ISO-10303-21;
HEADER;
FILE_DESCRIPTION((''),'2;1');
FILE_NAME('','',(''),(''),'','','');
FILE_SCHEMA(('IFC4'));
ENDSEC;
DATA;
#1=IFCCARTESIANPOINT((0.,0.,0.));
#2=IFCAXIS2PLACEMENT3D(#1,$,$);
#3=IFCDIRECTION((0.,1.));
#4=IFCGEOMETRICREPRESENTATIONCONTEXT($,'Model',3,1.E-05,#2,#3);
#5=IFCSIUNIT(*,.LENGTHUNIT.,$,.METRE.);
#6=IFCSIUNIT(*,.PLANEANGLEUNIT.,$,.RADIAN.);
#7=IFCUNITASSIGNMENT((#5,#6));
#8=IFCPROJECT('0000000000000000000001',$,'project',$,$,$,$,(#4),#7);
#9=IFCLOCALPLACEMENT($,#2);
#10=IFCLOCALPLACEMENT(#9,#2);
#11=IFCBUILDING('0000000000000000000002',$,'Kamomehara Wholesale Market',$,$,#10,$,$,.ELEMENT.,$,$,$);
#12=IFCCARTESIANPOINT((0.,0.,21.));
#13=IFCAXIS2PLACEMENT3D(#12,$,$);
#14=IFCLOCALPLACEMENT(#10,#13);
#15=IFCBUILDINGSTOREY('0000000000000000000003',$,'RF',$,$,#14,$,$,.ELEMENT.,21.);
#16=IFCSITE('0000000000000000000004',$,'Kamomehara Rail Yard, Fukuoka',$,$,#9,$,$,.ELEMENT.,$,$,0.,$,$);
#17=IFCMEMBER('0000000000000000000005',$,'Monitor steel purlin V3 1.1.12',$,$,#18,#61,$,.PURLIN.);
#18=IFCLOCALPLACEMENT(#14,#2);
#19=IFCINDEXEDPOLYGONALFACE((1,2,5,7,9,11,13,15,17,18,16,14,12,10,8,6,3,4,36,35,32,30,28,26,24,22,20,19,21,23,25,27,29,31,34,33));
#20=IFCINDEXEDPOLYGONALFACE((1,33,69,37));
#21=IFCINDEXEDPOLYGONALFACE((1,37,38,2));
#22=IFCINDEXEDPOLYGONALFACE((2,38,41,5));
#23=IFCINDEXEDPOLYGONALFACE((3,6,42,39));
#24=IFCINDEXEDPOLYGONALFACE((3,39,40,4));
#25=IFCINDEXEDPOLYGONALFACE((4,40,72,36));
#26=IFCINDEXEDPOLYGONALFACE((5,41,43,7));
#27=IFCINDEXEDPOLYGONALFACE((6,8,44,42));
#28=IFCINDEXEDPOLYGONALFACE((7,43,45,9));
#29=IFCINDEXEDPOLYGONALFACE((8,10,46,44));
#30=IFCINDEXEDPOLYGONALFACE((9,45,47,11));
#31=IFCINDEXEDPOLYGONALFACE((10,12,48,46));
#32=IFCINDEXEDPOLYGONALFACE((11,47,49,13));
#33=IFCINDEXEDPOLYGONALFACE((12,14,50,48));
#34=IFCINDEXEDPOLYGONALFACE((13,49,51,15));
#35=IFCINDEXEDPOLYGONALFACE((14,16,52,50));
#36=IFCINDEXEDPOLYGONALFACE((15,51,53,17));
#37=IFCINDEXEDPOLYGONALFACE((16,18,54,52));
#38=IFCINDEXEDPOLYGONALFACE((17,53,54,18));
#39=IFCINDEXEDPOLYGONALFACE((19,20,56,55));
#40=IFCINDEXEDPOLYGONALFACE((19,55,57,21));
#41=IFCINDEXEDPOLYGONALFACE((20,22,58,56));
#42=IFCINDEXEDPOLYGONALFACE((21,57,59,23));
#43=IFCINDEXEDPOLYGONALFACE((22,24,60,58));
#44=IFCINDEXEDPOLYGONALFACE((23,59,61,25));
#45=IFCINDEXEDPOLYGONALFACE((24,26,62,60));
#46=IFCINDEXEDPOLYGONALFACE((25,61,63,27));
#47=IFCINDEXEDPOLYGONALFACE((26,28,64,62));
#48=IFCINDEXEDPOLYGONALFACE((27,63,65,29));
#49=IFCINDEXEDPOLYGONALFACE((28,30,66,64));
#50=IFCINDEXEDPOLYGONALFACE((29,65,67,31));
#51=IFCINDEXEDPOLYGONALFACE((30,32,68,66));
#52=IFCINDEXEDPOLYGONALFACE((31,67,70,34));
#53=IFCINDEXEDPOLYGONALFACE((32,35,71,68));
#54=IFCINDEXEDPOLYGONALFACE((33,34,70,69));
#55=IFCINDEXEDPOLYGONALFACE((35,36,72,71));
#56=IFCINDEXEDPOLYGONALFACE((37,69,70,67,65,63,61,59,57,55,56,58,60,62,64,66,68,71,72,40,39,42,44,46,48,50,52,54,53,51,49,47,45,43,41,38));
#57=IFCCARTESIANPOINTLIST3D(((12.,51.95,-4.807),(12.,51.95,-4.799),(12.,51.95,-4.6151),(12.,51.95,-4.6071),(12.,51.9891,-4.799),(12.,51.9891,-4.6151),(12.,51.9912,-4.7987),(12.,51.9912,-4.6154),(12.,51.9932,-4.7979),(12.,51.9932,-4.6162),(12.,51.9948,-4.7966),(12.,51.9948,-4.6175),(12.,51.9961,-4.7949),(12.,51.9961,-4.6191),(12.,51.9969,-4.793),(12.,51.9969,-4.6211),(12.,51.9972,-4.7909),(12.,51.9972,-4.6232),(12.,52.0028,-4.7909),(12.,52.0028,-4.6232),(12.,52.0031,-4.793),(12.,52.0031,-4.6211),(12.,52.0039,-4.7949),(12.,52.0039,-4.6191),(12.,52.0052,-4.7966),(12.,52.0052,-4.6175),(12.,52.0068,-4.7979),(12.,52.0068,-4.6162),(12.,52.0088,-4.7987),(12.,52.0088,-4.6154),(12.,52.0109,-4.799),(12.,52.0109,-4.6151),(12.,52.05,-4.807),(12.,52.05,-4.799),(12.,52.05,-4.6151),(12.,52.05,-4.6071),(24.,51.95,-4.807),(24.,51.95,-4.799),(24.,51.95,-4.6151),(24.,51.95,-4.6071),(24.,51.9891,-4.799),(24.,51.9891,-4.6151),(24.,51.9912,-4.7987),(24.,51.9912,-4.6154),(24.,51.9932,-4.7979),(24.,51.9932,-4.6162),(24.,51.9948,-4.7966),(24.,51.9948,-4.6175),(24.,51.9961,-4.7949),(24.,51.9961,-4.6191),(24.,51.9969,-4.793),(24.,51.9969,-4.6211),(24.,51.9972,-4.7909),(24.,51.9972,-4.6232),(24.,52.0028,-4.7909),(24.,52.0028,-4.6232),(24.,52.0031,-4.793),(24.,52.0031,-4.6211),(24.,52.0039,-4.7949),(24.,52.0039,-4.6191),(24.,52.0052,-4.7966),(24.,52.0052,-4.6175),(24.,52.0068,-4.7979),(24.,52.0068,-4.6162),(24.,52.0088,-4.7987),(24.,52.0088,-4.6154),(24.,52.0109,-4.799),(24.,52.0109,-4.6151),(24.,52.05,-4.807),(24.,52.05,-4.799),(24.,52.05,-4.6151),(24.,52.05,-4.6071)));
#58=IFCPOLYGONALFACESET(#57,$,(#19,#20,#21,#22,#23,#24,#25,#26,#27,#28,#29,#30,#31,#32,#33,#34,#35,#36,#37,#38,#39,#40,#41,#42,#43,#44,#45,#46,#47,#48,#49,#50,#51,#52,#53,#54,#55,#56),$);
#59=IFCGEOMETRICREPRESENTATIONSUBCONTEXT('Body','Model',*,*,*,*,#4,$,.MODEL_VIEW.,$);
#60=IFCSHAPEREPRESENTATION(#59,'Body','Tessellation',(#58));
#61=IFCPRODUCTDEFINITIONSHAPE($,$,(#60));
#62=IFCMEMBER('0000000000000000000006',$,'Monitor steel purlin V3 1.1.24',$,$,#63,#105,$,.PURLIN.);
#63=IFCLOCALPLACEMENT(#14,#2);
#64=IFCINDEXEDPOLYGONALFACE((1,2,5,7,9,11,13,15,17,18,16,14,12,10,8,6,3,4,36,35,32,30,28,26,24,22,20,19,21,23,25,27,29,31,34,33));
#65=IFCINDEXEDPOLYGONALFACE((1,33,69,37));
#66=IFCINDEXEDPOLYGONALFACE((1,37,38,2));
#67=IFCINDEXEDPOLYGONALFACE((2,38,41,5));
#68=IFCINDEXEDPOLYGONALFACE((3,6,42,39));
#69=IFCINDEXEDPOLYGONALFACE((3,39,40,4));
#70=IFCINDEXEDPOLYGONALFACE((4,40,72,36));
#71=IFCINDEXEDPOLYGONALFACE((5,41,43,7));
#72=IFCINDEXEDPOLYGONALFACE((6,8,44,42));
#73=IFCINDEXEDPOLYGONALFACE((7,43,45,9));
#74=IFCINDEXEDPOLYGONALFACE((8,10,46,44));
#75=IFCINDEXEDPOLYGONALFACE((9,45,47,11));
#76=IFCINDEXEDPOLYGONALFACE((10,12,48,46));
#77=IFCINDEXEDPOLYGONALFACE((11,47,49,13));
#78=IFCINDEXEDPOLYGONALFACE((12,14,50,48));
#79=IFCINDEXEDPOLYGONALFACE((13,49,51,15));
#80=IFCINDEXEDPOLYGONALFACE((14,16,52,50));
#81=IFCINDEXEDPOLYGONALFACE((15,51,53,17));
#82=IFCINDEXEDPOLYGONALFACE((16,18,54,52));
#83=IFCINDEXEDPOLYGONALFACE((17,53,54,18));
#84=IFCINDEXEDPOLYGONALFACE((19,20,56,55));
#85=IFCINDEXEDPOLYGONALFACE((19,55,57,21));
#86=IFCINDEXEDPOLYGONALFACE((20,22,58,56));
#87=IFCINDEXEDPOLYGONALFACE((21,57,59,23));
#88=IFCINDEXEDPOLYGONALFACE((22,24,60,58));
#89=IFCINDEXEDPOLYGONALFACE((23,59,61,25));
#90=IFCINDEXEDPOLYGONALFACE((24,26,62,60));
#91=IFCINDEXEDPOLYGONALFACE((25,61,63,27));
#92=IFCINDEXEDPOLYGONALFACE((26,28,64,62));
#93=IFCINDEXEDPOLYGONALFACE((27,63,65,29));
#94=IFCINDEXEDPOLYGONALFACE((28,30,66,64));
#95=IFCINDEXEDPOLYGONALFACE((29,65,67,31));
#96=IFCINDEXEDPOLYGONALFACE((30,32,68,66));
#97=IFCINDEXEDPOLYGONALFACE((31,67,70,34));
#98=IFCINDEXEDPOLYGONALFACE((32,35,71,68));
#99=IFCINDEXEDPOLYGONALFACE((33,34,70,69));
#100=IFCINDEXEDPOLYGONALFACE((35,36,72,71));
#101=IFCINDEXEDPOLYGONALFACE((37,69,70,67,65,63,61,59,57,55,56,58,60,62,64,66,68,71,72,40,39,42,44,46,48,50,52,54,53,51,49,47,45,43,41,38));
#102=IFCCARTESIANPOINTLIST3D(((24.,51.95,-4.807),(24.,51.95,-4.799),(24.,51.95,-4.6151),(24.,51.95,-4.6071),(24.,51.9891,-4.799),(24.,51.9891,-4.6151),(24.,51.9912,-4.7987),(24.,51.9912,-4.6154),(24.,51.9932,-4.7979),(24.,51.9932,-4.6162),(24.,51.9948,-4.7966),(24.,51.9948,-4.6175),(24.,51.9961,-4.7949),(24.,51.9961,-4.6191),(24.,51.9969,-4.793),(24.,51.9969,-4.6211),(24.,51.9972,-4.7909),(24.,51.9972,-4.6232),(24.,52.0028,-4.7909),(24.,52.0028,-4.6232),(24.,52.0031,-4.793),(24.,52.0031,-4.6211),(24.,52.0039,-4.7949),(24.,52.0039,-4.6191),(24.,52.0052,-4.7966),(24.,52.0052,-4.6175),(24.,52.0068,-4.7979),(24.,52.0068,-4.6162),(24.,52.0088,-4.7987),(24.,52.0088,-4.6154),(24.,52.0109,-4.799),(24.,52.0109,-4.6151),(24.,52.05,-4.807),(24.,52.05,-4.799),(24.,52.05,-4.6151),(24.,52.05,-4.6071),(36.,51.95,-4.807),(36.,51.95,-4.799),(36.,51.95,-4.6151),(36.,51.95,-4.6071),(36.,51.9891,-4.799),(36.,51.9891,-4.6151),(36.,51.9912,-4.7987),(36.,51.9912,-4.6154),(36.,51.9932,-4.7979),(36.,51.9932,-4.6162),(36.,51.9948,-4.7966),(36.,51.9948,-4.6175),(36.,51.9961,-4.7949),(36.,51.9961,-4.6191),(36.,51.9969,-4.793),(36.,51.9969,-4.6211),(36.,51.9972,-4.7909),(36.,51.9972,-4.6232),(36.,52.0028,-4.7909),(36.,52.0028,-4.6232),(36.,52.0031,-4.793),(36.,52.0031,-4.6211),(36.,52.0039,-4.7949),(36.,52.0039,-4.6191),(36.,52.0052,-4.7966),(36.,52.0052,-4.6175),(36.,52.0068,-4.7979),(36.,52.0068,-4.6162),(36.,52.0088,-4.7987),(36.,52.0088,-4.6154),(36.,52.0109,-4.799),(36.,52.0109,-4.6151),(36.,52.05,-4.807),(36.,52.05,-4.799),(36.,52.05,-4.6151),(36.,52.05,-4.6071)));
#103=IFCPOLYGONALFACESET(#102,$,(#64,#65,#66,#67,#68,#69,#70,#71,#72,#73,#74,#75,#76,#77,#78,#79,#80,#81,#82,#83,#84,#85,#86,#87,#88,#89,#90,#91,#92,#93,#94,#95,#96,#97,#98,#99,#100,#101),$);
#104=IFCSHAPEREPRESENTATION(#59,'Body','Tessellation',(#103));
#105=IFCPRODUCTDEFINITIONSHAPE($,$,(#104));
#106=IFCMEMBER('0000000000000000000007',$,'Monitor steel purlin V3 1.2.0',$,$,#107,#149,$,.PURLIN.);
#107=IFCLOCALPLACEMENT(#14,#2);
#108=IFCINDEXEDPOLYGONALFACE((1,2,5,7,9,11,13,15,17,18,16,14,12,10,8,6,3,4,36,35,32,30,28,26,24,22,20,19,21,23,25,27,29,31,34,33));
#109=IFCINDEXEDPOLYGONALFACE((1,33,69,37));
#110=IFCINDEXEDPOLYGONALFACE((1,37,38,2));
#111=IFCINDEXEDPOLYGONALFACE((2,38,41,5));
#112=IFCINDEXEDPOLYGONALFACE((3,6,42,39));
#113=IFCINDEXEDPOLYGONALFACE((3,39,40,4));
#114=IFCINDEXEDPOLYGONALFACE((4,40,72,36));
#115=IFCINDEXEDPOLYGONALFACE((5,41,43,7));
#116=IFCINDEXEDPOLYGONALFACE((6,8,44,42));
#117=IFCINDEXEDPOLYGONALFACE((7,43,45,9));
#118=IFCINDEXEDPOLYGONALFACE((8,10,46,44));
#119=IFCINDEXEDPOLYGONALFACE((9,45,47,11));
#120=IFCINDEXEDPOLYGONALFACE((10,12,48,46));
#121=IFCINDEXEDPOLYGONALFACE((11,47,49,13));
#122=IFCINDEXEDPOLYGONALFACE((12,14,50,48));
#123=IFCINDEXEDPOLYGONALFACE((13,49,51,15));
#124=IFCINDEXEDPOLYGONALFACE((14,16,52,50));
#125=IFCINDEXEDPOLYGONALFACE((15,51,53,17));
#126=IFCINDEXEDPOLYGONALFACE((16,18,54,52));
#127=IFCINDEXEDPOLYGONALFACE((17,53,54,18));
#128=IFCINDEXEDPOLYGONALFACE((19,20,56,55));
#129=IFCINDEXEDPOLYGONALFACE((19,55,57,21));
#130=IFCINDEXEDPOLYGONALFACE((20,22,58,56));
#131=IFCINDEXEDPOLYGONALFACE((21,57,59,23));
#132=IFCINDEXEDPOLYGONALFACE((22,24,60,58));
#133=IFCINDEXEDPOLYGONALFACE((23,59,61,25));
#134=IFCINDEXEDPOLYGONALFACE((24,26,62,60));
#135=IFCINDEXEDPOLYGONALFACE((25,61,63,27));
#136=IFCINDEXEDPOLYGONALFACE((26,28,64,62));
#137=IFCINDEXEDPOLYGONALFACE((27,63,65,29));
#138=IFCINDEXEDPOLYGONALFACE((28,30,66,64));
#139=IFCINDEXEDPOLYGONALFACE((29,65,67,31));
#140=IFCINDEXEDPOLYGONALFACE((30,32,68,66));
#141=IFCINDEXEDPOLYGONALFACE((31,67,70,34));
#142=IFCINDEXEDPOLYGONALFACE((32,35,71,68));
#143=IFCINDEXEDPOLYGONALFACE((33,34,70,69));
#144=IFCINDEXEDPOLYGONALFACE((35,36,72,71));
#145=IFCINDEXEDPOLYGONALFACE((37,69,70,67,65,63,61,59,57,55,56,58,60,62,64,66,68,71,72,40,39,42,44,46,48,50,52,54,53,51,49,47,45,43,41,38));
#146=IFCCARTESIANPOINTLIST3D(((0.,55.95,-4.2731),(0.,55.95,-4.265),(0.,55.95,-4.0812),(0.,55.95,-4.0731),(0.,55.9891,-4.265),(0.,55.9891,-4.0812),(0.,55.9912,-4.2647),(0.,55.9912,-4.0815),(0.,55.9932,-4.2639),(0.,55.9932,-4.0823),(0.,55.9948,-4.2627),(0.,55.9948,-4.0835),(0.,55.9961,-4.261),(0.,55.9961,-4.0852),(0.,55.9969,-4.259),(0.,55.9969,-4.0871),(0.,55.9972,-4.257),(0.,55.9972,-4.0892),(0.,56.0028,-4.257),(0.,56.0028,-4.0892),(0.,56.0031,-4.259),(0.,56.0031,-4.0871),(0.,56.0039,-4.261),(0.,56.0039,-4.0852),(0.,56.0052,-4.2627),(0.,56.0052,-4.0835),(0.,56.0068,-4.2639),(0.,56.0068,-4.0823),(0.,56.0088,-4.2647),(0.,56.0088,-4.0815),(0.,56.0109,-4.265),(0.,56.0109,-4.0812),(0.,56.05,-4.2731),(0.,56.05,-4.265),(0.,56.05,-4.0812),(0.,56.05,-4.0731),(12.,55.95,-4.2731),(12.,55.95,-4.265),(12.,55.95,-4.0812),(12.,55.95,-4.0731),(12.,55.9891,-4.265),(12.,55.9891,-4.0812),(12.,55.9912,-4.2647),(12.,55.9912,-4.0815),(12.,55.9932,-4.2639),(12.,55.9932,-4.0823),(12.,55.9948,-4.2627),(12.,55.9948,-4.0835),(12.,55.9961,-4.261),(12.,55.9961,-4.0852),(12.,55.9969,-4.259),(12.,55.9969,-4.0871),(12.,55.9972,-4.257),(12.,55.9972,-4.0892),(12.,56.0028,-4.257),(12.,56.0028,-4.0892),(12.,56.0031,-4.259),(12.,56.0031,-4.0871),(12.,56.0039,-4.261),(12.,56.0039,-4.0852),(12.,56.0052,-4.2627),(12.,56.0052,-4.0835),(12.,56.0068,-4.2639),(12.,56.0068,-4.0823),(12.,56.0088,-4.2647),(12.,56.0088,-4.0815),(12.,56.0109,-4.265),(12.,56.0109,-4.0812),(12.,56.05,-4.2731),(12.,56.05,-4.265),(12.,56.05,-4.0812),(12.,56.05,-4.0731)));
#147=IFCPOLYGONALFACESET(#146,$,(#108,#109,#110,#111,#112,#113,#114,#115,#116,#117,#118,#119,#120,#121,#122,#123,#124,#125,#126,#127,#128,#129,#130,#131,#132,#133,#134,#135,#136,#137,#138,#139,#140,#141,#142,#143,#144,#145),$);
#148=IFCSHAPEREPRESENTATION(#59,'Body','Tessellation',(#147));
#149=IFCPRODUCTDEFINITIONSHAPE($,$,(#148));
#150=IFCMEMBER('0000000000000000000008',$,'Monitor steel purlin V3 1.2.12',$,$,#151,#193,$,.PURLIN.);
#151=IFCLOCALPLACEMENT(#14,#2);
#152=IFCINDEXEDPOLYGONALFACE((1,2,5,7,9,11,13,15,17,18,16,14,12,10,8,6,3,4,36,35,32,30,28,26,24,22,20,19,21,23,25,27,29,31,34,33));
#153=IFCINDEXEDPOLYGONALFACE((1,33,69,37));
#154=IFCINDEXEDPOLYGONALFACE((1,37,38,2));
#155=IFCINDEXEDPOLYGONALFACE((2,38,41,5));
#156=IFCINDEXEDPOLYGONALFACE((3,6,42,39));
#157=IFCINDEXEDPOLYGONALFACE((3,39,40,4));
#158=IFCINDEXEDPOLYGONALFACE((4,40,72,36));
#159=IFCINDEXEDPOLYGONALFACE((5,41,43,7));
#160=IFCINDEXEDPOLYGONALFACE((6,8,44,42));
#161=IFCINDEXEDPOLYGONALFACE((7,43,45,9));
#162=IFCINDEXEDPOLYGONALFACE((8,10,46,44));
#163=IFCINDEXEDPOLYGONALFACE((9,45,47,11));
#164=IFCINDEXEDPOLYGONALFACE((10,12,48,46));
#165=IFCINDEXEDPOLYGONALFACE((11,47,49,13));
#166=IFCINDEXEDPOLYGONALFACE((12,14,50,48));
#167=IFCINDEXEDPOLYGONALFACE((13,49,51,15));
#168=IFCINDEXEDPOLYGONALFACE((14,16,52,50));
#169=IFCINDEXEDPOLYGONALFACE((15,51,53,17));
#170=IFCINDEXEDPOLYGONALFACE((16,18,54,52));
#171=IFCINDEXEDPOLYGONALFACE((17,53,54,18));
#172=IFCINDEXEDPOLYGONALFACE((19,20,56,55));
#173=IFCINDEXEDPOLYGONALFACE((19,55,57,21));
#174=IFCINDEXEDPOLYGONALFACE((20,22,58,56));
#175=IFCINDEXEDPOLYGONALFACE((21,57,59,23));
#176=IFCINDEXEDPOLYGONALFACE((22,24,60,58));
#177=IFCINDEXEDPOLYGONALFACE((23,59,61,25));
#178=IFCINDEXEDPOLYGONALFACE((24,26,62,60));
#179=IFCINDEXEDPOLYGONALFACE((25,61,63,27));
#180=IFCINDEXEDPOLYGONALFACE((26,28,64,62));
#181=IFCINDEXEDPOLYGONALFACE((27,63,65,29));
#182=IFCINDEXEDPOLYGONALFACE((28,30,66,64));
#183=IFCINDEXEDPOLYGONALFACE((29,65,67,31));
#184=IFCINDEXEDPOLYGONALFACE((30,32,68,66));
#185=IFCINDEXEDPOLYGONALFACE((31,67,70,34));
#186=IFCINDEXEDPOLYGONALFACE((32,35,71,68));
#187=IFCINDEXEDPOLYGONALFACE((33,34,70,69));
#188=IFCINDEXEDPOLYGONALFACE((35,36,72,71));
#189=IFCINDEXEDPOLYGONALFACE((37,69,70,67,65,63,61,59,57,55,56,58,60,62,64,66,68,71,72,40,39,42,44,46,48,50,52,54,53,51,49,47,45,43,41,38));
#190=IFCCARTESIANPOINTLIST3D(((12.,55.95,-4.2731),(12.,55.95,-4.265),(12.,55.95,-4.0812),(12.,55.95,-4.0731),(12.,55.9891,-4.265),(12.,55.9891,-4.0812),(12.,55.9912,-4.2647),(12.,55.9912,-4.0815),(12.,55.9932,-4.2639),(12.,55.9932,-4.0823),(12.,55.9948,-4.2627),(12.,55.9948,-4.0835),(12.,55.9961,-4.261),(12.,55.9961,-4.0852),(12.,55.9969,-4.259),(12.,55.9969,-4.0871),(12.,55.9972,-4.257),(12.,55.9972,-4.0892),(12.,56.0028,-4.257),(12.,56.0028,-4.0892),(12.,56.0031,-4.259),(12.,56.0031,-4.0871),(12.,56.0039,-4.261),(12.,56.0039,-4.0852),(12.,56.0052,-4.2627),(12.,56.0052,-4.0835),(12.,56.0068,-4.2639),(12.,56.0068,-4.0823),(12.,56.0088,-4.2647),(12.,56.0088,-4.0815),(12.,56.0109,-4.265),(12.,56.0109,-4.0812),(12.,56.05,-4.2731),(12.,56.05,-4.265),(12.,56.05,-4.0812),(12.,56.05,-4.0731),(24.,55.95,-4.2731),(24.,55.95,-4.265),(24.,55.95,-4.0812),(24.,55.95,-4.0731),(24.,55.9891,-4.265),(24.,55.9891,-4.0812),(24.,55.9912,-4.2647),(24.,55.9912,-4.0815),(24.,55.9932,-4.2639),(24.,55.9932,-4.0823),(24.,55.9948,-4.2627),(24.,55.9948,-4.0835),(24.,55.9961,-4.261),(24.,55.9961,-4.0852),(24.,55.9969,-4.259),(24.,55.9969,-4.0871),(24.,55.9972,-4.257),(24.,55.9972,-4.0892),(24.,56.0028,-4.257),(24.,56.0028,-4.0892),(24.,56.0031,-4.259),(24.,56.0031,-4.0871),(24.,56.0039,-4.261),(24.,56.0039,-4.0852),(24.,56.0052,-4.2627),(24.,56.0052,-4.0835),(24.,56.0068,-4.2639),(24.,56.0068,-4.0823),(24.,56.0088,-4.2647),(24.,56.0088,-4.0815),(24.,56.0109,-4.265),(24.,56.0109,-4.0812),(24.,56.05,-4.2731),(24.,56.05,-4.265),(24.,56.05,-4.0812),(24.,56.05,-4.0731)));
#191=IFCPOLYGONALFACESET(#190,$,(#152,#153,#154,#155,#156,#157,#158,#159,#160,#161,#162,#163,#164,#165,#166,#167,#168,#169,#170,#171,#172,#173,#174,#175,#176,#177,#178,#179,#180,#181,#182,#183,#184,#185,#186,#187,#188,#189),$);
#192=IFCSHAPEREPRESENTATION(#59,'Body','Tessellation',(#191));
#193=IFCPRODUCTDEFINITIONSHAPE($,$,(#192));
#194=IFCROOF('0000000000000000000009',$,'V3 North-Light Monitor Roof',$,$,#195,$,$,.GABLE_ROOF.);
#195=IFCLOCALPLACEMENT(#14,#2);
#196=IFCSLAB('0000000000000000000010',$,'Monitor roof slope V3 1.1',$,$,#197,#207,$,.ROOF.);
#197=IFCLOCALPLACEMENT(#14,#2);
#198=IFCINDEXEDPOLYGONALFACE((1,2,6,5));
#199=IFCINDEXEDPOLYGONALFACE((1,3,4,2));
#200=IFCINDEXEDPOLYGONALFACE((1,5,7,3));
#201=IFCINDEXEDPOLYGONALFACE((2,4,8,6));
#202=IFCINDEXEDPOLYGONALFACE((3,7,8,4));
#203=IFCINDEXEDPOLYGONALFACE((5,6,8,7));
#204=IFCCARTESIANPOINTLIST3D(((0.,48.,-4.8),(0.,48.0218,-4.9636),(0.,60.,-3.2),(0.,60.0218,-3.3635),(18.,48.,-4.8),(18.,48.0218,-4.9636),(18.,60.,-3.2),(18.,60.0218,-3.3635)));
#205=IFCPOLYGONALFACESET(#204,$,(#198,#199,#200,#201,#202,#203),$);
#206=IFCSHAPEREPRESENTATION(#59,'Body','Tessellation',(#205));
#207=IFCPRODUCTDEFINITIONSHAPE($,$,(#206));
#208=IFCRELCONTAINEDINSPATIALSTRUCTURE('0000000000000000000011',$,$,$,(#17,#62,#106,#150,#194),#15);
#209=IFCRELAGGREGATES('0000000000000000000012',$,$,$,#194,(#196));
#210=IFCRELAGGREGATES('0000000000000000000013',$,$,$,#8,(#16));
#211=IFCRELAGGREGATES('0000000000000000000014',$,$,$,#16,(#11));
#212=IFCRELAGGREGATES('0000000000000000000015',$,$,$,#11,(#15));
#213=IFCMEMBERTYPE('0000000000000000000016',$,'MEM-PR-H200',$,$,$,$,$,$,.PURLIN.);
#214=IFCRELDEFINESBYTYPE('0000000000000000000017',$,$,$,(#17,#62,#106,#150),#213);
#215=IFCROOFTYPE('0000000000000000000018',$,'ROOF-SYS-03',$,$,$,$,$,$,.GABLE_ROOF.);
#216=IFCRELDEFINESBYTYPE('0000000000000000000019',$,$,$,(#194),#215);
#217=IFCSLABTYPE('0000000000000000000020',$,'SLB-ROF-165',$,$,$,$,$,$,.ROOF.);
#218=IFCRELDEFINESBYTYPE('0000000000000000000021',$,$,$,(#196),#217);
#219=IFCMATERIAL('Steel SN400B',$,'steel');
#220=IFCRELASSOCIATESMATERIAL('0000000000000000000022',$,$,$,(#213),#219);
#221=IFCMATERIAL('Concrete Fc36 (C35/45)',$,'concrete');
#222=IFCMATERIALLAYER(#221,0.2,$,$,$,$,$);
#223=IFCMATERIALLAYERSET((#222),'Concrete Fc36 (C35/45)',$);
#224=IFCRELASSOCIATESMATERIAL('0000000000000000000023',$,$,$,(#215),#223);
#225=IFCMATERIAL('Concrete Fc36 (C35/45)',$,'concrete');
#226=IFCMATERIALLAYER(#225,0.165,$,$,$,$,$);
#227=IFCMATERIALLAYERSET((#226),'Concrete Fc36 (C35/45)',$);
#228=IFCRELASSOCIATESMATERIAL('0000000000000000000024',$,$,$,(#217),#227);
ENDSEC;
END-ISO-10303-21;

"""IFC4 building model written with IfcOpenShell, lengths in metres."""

from ifc_helpers import new_model, si_unit, direction, frame, origin, origin_2d, place, context, subcontext, project, spatial, polyline, i_section, outline, extrude, material, layer, layer_set, material_profile, profile_set, type_object, element, aggregate, save


model = new_model("IFC4")

# Units and contexts
model_context = context("Model", 3, precision=1e-05, world=origin(), true_north=direction((0.0, 1.0)))
body_context = subcontext(model_context, "Body", "Model", "MODEL_VIEW")
ifc_project = project(units=[si_unit("LENGTHUNIT", "METRE"), si_unit("PLANEANGLEUNIT", "RADIAN")], contexts=[model_context])

# Site, building, storey
site_placement = place(None, origin())
site = spatial("IfcSite", under=ifc_project, at=site_placement, Name="Kamomehara Rail Yard, Fukuoka", CompositionType="ELEMENT", RefElevation=0.0)
building_placement = place(site_placement, origin())
building = spatial("IfcBuilding", under=site, at=building_placement, Name="Kamomehara Wholesale Market", CompositionType="ELEMENT")
storey_placement = place(building_placement, frame((0.0, 0.0, 21.0)))
storey = spatial("IfcBuildingStorey", under=building, at=storey_placement, Name="RF", CompositionType="ELEMENT", Elevation=21.0)

# Members
ifc_material_1 = material(Name="Steel SN400B", Category="steel")
ifc_material_profile_1 = material_profile(ifc_material_1, i_section(OverallWidth=0.1001, OverallDepth=0.2, WebThickness=0.0056, FlangeThickness=0.0081, FilletRadius=0.0081, at=origin_2d()), Name="H-200x100x5.5x8")
ifc_profile_set_1 = profile_set([ifc_material_profile_1], Name="Steel SN400B")
member_type = type_object("IfcMemberType", Name="MEM-PR-H200", PredefinedType="PURLIN", material=ifc_profile_set_1)
for number, where, z_axis, x_axis, name in (
    (1, (12.0, 52.0, -4.707), (1.0, 0.0, 0.0), (0.0, 1.0, 0.0), "Monitor steel purlin V3 1.1.12"),
    (2, (24.0, 52.0, -4.707), (1.0, 0.0, 0.0), (0.0, 1.0, 0.0), "Monitor steel purlin V3 1.1.24"),
    (3, (0.0, 56.0, -4.1731), (1.0, 0.0, 0.0), (0.0, 1.0, 0.0), "Monitor steel purlin V3 1.2.0"),
    (4, (12.0, 56.0, -4.1731), (1.0, 0.0, 0.0), (0.0, 1.0, 0.0), "Monitor steel purlin V3 1.2.12"),
):
    element("IfcMember", number, at=place(storey_placement, frame(where, z_axis=z_axis, x_axis=x_axis)), inside=storey, type_object=member_type, Name=name, PredefinedType="PURLIN", context=body_context, shape_type="SweptSolid", body=[
        extrude(i_section(OverallWidth=0.1001, OverallDepth=0.2, WebThickness=0.0056, FlangeThickness=0.0081, FilletRadius=0.0081, at=origin_2d()), origin(), (0.0, 0.0, 1.0), 12.0),
    ])

# Roof, slab
ifc_material_2 = material(Name="Concrete Fc36 (C35/45)", Category="concrete")
ifc_layer_1 = layer(ifc_material_2, 0.2)
ifc_layer_set_1 = layer_set([ifc_layer_1], Name="Concrete Fc36 (C35/45)")
roof_type = type_object("IfcRoofType", Name="ROOF-SYS-03", PredefinedType="GABLE_ROOF", material=ifc_layer_set_1)
roof_placement = place(storey_placement, origin())
roof = element("IfcRoof", 5, at=roof_placement, inside=storey, type_object=roof_type, Name="V3 North-Light Monitor Roof", PredefinedType="GABLE_ROOF")
ifc_material_3 = material(Name="Concrete Fc36 (C35/45)", Category="concrete")
ifc_layer_2 = layer(ifc_material_3, 0.165)
ifc_layer_set_2 = layer_set([ifc_layer_2], Name="Concrete Fc36 (C35/45)")
slab_type = type_object("IfcSlabType", Name="SLB-ROF-165", PredefinedType="ROOF", material=ifc_layer_set_2)
slab_1_placement = place(storey_placement, frame((0.0, 48.0, -4.8), z_axis=(0.0, -0.132172, 0.991227), x_axis=(1.0, 0.0, 0.0)))
slab_1 = element("IfcSlab", 6, at=slab_1_placement, type_object=slab_type, Name="Monitor roof slope V3 1.1", PredefinedType="ROOF", context=body_context, shape_type="SweptSolid", body=[
    extrude(outline(polyline([(0.0, 0.0), (18.0, 0.0), (18.0, 12.1062), (0.0, 12.1062), (0.0, 0.0)])), origin(), (0.0, 0.0, -1.0), 0.165),
])
aggregate(roof, [slab_1])

save(model, "model.ifc")
